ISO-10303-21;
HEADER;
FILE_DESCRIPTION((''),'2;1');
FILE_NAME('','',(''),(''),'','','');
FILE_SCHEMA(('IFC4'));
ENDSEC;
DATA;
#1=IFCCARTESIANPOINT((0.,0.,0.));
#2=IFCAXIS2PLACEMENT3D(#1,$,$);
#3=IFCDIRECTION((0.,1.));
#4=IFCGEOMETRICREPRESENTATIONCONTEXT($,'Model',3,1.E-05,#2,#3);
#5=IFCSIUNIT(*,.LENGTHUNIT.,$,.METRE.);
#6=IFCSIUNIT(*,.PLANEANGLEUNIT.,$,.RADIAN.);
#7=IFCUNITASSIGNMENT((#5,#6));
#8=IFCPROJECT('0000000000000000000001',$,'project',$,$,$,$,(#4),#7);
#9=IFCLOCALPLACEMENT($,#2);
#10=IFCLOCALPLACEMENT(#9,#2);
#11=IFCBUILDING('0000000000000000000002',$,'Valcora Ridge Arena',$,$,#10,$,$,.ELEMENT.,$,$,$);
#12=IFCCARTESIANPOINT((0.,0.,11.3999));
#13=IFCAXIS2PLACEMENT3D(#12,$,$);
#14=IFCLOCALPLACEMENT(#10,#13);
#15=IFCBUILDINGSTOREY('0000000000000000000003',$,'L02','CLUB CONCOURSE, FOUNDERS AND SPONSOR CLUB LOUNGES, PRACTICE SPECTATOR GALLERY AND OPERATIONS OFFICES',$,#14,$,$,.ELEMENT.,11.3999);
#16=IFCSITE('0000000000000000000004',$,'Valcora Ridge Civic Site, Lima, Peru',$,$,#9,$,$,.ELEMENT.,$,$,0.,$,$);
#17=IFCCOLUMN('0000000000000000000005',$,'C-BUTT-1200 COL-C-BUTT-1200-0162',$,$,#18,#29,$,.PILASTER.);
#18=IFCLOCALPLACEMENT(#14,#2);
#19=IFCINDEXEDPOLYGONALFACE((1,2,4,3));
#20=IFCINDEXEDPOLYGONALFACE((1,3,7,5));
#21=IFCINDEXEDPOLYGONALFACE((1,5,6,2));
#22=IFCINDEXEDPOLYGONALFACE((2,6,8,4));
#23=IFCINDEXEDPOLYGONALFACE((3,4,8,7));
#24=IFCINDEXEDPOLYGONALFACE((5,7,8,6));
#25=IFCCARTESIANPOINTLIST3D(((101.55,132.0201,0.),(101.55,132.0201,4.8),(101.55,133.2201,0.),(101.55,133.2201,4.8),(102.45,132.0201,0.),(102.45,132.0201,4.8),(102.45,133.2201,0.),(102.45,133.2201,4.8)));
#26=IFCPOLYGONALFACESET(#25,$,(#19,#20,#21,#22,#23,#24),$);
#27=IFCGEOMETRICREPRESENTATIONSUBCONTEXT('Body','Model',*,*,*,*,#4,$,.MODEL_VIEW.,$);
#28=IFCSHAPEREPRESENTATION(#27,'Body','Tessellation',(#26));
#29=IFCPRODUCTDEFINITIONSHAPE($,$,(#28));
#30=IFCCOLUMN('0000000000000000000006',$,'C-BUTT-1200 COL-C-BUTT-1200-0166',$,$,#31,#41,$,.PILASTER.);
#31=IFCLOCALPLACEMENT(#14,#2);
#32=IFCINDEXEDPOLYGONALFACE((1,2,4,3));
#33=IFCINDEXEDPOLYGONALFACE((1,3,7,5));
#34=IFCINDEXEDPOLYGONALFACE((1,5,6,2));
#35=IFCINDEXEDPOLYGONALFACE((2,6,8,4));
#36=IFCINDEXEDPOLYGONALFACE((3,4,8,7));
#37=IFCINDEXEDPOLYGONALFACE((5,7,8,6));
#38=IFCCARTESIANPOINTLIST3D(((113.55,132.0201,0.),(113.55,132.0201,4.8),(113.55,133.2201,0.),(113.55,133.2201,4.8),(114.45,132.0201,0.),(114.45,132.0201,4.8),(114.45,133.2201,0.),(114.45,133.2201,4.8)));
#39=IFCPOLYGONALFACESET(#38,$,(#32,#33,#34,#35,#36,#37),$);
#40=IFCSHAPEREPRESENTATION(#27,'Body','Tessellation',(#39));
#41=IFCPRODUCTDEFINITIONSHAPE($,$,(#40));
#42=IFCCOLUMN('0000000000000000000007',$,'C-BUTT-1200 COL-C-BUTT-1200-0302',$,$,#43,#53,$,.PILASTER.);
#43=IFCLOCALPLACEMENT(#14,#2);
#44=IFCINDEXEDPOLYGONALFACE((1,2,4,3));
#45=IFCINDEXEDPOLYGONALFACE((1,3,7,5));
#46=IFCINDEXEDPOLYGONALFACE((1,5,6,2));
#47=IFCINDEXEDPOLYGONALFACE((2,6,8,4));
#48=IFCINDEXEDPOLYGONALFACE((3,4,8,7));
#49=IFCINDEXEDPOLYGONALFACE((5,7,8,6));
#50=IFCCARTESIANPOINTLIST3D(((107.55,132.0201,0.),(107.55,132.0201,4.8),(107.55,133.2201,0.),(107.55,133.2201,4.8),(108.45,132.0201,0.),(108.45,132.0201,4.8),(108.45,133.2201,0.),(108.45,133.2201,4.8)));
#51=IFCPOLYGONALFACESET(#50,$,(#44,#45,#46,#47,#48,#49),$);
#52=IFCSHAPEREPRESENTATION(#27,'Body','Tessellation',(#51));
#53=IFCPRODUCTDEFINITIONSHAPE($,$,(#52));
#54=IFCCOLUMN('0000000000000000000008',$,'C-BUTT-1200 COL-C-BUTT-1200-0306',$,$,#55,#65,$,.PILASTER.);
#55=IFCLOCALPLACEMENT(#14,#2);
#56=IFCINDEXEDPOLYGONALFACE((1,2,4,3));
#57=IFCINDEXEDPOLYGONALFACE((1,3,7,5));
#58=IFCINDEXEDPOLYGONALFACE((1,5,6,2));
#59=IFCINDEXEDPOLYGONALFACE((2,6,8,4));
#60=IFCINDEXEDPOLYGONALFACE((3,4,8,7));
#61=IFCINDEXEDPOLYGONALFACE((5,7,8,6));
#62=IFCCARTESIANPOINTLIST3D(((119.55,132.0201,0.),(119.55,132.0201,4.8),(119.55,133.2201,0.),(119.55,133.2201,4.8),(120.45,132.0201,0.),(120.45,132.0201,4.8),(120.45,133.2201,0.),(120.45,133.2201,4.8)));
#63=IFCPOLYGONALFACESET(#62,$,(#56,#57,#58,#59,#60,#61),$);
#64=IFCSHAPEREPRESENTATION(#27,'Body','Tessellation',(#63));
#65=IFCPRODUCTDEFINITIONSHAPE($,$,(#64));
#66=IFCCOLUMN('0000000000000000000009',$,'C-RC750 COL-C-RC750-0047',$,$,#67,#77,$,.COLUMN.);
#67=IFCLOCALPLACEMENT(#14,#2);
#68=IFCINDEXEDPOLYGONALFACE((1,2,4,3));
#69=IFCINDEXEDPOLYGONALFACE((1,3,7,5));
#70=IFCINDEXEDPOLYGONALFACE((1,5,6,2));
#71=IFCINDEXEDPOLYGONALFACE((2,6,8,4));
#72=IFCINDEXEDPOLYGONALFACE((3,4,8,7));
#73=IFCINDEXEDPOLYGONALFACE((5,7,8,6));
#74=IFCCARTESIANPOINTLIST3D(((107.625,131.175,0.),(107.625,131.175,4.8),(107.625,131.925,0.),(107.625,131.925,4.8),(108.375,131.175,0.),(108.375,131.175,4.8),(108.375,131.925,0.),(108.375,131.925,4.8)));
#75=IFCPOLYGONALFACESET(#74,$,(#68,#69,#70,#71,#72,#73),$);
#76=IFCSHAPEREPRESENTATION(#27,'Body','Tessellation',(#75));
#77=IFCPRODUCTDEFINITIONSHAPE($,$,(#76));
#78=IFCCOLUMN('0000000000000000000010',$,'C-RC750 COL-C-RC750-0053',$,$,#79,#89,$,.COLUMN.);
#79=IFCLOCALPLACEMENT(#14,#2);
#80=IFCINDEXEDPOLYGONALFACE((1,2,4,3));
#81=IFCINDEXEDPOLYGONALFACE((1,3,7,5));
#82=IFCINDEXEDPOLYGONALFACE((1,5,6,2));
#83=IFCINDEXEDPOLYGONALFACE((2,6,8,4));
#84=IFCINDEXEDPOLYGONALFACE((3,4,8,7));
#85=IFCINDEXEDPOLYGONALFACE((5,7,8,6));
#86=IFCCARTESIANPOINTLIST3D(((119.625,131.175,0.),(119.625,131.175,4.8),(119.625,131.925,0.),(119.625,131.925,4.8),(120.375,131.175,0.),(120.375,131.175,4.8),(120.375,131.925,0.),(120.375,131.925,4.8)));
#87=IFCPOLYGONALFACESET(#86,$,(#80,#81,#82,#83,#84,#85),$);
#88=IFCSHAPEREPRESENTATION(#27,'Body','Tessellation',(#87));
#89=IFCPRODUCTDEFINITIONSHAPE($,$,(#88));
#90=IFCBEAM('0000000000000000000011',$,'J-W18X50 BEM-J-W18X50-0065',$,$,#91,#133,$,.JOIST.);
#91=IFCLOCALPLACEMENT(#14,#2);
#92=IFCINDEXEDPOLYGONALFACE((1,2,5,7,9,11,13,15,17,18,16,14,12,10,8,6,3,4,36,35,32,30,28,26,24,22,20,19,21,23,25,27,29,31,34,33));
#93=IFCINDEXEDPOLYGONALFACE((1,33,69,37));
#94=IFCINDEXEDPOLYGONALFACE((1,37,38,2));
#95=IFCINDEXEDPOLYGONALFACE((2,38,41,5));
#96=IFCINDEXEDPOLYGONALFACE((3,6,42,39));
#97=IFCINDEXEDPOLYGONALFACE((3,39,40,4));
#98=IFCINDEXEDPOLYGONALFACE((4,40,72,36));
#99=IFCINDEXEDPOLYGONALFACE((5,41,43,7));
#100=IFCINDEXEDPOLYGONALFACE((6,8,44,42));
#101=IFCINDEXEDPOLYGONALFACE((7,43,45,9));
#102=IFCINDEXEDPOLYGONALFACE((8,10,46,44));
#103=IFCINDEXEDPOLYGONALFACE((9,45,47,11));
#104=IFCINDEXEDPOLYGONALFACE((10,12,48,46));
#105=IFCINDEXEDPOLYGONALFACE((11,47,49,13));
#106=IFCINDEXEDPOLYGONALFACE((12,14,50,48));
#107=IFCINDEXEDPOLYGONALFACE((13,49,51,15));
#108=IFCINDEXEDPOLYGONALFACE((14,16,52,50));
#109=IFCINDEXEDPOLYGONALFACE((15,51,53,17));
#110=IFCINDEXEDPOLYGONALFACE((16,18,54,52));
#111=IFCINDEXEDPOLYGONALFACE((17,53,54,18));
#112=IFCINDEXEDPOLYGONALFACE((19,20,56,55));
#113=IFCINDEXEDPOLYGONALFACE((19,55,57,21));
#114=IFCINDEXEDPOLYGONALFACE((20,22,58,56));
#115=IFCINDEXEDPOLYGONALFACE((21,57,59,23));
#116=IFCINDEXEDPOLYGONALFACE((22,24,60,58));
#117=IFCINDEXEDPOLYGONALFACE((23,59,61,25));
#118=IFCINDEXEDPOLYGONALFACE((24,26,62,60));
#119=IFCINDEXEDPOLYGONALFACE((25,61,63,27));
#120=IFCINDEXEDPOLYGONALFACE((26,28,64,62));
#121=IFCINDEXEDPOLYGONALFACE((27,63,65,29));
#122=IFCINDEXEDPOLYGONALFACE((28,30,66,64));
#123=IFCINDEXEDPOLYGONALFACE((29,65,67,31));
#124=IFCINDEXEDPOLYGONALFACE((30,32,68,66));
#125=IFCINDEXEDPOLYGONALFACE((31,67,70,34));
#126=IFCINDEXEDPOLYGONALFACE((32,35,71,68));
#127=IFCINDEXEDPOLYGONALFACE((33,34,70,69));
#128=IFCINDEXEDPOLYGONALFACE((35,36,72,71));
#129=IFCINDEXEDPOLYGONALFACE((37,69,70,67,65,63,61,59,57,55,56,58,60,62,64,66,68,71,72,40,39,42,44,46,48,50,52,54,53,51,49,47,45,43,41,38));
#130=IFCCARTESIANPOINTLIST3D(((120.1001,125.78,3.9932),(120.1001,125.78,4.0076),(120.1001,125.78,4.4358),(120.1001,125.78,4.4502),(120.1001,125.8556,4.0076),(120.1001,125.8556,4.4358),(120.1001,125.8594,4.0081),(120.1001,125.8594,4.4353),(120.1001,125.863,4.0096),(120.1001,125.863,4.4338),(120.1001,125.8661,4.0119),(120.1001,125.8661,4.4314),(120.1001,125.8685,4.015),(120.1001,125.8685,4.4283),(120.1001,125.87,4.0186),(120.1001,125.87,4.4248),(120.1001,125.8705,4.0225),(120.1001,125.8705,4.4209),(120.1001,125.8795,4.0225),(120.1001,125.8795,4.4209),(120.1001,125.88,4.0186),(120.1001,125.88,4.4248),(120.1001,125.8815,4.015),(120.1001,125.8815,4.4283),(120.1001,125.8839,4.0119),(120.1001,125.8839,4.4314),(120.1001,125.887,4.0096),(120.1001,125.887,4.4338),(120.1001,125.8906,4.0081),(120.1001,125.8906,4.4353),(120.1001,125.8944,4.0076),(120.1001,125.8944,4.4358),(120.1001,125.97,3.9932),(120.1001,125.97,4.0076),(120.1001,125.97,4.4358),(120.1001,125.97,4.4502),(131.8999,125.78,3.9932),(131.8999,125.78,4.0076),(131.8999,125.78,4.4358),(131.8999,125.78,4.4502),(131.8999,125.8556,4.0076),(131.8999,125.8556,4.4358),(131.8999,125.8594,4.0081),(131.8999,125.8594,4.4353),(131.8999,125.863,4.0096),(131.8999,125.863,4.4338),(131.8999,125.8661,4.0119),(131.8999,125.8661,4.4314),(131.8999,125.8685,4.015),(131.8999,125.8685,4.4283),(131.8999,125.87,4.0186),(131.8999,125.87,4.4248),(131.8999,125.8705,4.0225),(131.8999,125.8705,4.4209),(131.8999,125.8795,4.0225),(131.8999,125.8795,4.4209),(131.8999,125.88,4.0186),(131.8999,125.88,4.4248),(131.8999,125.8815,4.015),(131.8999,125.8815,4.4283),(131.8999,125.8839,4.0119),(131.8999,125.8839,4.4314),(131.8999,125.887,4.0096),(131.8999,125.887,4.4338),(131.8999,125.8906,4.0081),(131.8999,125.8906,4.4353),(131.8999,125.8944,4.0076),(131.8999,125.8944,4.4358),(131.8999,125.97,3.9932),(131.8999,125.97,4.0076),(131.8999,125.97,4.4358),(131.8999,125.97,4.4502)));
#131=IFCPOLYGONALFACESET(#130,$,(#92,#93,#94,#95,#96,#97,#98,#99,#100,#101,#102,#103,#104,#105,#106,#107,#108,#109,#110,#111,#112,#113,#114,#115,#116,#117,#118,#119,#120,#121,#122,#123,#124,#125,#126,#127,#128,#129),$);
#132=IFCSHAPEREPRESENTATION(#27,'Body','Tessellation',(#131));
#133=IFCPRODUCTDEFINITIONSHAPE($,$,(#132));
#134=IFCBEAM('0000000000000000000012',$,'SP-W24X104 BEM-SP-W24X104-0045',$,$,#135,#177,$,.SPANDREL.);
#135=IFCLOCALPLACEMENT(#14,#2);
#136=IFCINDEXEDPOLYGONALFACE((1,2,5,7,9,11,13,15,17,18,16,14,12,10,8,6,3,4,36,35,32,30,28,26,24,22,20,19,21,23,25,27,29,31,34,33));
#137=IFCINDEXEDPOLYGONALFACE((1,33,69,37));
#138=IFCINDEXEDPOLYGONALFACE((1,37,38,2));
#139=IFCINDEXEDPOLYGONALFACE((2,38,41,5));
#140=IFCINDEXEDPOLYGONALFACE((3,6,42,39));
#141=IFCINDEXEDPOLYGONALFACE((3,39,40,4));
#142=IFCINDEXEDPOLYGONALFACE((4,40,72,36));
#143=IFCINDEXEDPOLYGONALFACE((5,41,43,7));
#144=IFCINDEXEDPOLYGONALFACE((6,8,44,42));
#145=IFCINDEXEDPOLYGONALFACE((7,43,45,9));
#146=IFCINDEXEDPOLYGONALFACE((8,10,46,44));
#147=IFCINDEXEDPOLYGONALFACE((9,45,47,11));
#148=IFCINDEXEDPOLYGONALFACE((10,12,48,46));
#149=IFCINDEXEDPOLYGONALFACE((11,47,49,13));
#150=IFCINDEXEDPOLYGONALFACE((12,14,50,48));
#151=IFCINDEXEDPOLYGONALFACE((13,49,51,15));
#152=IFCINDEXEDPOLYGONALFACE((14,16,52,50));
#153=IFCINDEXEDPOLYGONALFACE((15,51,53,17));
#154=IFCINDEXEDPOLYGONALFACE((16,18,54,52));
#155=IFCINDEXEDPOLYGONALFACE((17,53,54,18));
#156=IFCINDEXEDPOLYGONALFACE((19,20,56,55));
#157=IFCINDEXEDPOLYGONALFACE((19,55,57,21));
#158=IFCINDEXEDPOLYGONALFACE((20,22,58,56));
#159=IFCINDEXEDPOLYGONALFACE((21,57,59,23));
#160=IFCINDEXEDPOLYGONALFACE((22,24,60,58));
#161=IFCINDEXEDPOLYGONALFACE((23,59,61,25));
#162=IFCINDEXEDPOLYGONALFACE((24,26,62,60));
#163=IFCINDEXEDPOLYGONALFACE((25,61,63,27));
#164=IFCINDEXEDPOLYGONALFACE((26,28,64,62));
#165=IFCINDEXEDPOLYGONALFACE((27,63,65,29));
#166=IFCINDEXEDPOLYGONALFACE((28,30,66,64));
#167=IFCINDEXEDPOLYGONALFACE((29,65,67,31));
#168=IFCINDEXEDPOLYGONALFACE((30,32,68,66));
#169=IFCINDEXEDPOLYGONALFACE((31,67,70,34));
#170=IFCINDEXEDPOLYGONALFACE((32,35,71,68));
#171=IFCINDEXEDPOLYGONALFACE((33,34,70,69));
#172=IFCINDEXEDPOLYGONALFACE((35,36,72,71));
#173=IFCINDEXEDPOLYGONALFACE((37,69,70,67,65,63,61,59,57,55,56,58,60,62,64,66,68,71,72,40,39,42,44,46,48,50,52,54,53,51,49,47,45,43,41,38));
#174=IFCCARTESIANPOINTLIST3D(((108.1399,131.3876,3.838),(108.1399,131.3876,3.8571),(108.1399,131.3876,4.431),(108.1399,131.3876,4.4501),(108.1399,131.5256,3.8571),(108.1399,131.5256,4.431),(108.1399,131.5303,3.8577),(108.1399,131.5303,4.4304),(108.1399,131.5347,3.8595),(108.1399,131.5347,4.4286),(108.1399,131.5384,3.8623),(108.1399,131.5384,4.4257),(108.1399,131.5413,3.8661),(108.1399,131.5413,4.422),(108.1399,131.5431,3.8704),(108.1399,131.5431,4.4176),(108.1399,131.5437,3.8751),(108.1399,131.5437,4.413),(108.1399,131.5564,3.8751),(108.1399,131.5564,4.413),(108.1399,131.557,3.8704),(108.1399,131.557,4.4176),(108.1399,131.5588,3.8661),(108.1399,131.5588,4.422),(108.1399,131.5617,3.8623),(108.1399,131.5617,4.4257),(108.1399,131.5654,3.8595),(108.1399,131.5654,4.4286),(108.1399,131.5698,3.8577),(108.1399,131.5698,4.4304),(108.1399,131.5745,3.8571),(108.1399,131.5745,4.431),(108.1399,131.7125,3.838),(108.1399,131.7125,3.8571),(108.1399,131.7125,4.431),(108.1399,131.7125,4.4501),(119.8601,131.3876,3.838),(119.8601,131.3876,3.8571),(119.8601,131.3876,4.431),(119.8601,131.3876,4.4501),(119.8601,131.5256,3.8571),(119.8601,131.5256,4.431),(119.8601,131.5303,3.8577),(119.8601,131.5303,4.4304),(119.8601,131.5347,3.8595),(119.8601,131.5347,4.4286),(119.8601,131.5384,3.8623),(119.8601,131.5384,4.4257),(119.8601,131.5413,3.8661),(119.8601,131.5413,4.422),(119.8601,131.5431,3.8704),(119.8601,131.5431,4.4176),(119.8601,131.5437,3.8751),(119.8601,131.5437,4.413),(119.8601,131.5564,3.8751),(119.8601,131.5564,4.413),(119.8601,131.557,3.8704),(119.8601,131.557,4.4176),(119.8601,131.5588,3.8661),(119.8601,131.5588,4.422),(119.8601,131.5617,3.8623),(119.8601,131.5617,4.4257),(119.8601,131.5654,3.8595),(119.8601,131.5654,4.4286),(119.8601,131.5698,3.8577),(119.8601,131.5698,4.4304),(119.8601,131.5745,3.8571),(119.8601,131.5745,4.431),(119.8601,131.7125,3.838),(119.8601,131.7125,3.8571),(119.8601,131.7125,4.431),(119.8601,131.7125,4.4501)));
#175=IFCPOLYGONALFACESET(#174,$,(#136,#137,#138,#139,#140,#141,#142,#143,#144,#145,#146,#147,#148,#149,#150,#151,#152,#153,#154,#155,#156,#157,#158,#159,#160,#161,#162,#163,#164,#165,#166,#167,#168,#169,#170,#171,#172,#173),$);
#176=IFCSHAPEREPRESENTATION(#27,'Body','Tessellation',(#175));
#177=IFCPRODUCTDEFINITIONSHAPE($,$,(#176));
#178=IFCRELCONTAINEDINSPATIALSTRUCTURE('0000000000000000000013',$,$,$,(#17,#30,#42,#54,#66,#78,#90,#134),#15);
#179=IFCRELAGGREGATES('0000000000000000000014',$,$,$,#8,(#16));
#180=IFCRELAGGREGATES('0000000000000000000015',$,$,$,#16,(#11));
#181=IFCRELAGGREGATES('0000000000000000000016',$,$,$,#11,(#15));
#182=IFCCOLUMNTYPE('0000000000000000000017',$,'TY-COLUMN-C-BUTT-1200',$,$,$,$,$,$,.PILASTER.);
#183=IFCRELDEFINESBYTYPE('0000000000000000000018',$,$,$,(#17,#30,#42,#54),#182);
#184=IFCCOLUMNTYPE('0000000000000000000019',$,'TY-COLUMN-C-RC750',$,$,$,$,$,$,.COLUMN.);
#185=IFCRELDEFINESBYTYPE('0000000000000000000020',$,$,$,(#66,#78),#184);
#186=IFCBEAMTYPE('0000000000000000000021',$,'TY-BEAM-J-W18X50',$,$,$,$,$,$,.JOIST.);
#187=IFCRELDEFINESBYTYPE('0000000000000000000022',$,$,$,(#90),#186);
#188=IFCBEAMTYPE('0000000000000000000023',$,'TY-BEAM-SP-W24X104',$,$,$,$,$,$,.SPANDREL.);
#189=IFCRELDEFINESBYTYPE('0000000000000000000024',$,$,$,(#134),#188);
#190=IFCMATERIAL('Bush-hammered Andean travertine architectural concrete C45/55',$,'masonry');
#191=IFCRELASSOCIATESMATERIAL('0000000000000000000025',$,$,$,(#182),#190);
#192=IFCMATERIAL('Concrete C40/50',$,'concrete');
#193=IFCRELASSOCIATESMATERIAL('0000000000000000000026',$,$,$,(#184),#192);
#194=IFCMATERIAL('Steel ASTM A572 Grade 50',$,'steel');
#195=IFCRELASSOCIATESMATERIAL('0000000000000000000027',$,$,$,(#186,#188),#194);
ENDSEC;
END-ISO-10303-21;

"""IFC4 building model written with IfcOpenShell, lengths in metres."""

from ifc_helpers import new_model, si_unit, direction, frame, origin, origin_2d, place, context, subcontext, project, spatial, rectangle, i_section, extrude, material, material_profile, profile_set, type_object, element, save


model = new_model("IFC4")

# Units and contexts
model_context = context("Model", 3, precision=1e-05, world=origin(), true_north=direction((0.0, 1.0)))
body_context = subcontext(model_context, "Body", "Model", "MODEL_VIEW")
ifc_project = project(units=[si_unit("LENGTHUNIT", "METRE"), si_unit("PLANEANGLEUNIT", "RADIAN")], contexts=[model_context])

# Site, building, storey
site_placement = place(None, origin())
site = spatial("IfcSite", under=ifc_project, at=site_placement, Name="Valcora Ridge Civic Site, Lima, Peru", CompositionType="ELEMENT", RefElevation=0.0)
building_placement = place(site_placement, origin())
building = spatial("IfcBuilding", under=site, at=building_placement, Name="Valcora Ridge Arena", CompositionType="ELEMENT")
storey_placement = place(building_placement, frame((0.0, 0.0, 11.3999)))
storey = spatial("IfcBuildingStorey", under=building, at=storey_placement, Name="L02", Description="CLUB CONCOURSE, FOUNDERS AND SPONSOR CLUB LOUNGES, PRACTICE SPECTATOR GALLERY AND OPERATIONS OFFICES", CompositionType="ELEMENT", Elevation=11.3999)

# Columns
ifc_material_1 = material(Name="Bush-hammered Andean travertine architectural concrete C45/55", Category="masonry")
ifc_material_profile_1 = material_profile(ifc_material_1, rectangle(XDim=0.8999, YDim=1.2, at=origin_2d()), Name="RC 900x1200")
ifc_profile_set_1 = profile_set([ifc_material_profile_1], Name="Bush-hammered Andean travertine architectural concrete C45/55")
column_type_1 = type_object("IfcColumnType", Name="TY-COLUMN-C-BUTT-1200", PredefinedType="PILASTER", material=ifc_profile_set_1)
for number, where, z_axis, x_axis, name in (
    (1, (102.0, 132.6201, 0.0), (0.0, 0.0, 1.0), (1.0, 0.0, 0.0), "C-BUTT-1200 COL-C-BUTT-1200-0162"),
    (2, (114.0, 132.6201, 0.0), (0.0, 0.0, 1.0), (1.0, 0.0, 0.0), "C-BUTT-1200 COL-C-BUTT-1200-0166"),
    (3, (108.0, 132.6201, 0.0), (0.0, 0.0, 1.0), (1.0, 0.0, 0.0), "C-BUTT-1200 COL-C-BUTT-1200-0302"),
    (4, (120.0, 132.6201, 0.0), (0.0, 0.0, 1.0), (1.0, 0.0, 0.0), "C-BUTT-1200 COL-C-BUTT-1200-0306"),
):
    element("IfcColumn", number, at=place(storey_placement, frame(where, z_axis=z_axis, x_axis=x_axis)), inside=storey, type_object=column_type_1, Name=name, PredefinedType="PILASTER", context=body_context, shape_type="SweptSolid", body=[
        extrude(rectangle(XDim=0.8999, YDim=1.2, at=origin_2d()), origin(), (0.0, 0.0, 1.0), 4.8),
    ])
ifc_material_2 = material(Name="Concrete C40/50", Category="concrete")
ifc_material_profile_2 = material_profile(ifc_material_2, rectangle(XDim=0.75, YDim=0.75, at=origin_2d()), Name="RC 750x750")
ifc_profile_set_2 = profile_set([ifc_material_profile_2], Name="Concrete C40/50")
column_type_2 = type_object("IfcColumnType", Name="TY-COLUMN-C-RC750", PredefinedType="COLUMN", material=ifc_profile_set_2)
for number, where, z_axis, x_axis, name in (
    (5, (108.0, 131.55, 0.0), (0.0, 0.0, 1.0), (1.0, 0.0, 0.0), "C-RC750 COL-C-RC750-0047"),
    (6, (120.0, 131.55, 0.0), (0.0, 0.0, 1.0), (1.0, 0.0, 0.0), "C-RC750 COL-C-RC750-0053"),
):
    element("IfcColumn", number, at=place(storey_placement, frame(where, z_axis=z_axis, x_axis=x_axis)), inside=storey, type_object=column_type_2, Name=name, PredefinedType="COLUMN", context=body_context, shape_type="SweptSolid", body=[
        extrude(rectangle(XDim=0.75, YDim=0.75, at=origin_2d()), origin(), (0.0, 0.0, 1.0), 4.8),
    ])

# Beams
ifc_material_3 = material(Name="Steel ASTM A572 Grade 50", Category="steel")
ifc_material_profile_3 = material_profile(ifc_material_3, i_section(OverallWidth=0.1899, OverallDepth=0.457, WebThickness=0.009, FlangeThickness=0.0144, FilletRadius=0.0149, at=origin_2d()), Name="W18X50")
ifc_profile_set_3 = profile_set([ifc_material_profile_3], Name="Steel ASTM A572 Grade 50")
beam_type_1 = type_object("IfcBeamType", Name="TY-BEAM-J-W18X50", PredefinedType="JOIST", material=ifc_profile_set_3)
beam_1_placement = place(storey_placement, frame((120.1001, 125.875, 4.2217), z_axis=(1.0, 0.0, 0.0), x_axis=(0.0, 1.0, 0.0)))
element("IfcBeam", 7, at=beam_1_placement, inside=storey, type_object=beam_type_1, Name="J-W18X50 BEM-J-W18X50-0065", PredefinedType="JOIST", context=body_context, shape_type="SweptSolid", body=[
    extrude(i_section(OverallWidth=0.1899, OverallDepth=0.457, WebThickness=0.009, FlangeThickness=0.0144, FilletRadius=0.0149, at=origin_2d()), origin(), (0.0, 0.0, 1.0), 11.7998),
])
ifc_material_profile_4 = material_profile(ifc_material_3, i_section(OverallWidth=0.325, OverallDepth=0.6121, WebThickness=0.0127, FlangeThickness=0.019, FilletRadius=0.0181, at=origin_2d()), Name="W24X104")
ifc_profile_set_4 = profile_set([ifc_material_profile_4], Name="Steel ASTM A572 Grade 50")
beam_type_2 = type_object("IfcBeamType", Name="TY-BEAM-SP-W24X104", PredefinedType="SPANDREL", material=ifc_profile_set_4)
beam_2_placement = place(storey_placement, frame((108.1399, 131.55, 4.144), z_axis=(1.0, 0.0, 0.0), x_axis=(0.0, 1.0, 0.0)))
element("IfcBeam", 8, at=beam_2_placement, inside=storey, type_object=beam_type_2, Name="SP-W24X104 BEM-SP-W24X104-0045", PredefinedType="SPANDREL", context=body_context, shape_type="SweptSolid", body=[
    extrude(i_section(OverallWidth=0.325, OverallDepth=0.6121, WebThickness=0.0127, FlangeThickness=0.019, FilletRadius=0.0181, at=origin_2d()), origin(), (0.0, 0.0, 1.0), 11.7202),
])

save(model, "model.ifc")
